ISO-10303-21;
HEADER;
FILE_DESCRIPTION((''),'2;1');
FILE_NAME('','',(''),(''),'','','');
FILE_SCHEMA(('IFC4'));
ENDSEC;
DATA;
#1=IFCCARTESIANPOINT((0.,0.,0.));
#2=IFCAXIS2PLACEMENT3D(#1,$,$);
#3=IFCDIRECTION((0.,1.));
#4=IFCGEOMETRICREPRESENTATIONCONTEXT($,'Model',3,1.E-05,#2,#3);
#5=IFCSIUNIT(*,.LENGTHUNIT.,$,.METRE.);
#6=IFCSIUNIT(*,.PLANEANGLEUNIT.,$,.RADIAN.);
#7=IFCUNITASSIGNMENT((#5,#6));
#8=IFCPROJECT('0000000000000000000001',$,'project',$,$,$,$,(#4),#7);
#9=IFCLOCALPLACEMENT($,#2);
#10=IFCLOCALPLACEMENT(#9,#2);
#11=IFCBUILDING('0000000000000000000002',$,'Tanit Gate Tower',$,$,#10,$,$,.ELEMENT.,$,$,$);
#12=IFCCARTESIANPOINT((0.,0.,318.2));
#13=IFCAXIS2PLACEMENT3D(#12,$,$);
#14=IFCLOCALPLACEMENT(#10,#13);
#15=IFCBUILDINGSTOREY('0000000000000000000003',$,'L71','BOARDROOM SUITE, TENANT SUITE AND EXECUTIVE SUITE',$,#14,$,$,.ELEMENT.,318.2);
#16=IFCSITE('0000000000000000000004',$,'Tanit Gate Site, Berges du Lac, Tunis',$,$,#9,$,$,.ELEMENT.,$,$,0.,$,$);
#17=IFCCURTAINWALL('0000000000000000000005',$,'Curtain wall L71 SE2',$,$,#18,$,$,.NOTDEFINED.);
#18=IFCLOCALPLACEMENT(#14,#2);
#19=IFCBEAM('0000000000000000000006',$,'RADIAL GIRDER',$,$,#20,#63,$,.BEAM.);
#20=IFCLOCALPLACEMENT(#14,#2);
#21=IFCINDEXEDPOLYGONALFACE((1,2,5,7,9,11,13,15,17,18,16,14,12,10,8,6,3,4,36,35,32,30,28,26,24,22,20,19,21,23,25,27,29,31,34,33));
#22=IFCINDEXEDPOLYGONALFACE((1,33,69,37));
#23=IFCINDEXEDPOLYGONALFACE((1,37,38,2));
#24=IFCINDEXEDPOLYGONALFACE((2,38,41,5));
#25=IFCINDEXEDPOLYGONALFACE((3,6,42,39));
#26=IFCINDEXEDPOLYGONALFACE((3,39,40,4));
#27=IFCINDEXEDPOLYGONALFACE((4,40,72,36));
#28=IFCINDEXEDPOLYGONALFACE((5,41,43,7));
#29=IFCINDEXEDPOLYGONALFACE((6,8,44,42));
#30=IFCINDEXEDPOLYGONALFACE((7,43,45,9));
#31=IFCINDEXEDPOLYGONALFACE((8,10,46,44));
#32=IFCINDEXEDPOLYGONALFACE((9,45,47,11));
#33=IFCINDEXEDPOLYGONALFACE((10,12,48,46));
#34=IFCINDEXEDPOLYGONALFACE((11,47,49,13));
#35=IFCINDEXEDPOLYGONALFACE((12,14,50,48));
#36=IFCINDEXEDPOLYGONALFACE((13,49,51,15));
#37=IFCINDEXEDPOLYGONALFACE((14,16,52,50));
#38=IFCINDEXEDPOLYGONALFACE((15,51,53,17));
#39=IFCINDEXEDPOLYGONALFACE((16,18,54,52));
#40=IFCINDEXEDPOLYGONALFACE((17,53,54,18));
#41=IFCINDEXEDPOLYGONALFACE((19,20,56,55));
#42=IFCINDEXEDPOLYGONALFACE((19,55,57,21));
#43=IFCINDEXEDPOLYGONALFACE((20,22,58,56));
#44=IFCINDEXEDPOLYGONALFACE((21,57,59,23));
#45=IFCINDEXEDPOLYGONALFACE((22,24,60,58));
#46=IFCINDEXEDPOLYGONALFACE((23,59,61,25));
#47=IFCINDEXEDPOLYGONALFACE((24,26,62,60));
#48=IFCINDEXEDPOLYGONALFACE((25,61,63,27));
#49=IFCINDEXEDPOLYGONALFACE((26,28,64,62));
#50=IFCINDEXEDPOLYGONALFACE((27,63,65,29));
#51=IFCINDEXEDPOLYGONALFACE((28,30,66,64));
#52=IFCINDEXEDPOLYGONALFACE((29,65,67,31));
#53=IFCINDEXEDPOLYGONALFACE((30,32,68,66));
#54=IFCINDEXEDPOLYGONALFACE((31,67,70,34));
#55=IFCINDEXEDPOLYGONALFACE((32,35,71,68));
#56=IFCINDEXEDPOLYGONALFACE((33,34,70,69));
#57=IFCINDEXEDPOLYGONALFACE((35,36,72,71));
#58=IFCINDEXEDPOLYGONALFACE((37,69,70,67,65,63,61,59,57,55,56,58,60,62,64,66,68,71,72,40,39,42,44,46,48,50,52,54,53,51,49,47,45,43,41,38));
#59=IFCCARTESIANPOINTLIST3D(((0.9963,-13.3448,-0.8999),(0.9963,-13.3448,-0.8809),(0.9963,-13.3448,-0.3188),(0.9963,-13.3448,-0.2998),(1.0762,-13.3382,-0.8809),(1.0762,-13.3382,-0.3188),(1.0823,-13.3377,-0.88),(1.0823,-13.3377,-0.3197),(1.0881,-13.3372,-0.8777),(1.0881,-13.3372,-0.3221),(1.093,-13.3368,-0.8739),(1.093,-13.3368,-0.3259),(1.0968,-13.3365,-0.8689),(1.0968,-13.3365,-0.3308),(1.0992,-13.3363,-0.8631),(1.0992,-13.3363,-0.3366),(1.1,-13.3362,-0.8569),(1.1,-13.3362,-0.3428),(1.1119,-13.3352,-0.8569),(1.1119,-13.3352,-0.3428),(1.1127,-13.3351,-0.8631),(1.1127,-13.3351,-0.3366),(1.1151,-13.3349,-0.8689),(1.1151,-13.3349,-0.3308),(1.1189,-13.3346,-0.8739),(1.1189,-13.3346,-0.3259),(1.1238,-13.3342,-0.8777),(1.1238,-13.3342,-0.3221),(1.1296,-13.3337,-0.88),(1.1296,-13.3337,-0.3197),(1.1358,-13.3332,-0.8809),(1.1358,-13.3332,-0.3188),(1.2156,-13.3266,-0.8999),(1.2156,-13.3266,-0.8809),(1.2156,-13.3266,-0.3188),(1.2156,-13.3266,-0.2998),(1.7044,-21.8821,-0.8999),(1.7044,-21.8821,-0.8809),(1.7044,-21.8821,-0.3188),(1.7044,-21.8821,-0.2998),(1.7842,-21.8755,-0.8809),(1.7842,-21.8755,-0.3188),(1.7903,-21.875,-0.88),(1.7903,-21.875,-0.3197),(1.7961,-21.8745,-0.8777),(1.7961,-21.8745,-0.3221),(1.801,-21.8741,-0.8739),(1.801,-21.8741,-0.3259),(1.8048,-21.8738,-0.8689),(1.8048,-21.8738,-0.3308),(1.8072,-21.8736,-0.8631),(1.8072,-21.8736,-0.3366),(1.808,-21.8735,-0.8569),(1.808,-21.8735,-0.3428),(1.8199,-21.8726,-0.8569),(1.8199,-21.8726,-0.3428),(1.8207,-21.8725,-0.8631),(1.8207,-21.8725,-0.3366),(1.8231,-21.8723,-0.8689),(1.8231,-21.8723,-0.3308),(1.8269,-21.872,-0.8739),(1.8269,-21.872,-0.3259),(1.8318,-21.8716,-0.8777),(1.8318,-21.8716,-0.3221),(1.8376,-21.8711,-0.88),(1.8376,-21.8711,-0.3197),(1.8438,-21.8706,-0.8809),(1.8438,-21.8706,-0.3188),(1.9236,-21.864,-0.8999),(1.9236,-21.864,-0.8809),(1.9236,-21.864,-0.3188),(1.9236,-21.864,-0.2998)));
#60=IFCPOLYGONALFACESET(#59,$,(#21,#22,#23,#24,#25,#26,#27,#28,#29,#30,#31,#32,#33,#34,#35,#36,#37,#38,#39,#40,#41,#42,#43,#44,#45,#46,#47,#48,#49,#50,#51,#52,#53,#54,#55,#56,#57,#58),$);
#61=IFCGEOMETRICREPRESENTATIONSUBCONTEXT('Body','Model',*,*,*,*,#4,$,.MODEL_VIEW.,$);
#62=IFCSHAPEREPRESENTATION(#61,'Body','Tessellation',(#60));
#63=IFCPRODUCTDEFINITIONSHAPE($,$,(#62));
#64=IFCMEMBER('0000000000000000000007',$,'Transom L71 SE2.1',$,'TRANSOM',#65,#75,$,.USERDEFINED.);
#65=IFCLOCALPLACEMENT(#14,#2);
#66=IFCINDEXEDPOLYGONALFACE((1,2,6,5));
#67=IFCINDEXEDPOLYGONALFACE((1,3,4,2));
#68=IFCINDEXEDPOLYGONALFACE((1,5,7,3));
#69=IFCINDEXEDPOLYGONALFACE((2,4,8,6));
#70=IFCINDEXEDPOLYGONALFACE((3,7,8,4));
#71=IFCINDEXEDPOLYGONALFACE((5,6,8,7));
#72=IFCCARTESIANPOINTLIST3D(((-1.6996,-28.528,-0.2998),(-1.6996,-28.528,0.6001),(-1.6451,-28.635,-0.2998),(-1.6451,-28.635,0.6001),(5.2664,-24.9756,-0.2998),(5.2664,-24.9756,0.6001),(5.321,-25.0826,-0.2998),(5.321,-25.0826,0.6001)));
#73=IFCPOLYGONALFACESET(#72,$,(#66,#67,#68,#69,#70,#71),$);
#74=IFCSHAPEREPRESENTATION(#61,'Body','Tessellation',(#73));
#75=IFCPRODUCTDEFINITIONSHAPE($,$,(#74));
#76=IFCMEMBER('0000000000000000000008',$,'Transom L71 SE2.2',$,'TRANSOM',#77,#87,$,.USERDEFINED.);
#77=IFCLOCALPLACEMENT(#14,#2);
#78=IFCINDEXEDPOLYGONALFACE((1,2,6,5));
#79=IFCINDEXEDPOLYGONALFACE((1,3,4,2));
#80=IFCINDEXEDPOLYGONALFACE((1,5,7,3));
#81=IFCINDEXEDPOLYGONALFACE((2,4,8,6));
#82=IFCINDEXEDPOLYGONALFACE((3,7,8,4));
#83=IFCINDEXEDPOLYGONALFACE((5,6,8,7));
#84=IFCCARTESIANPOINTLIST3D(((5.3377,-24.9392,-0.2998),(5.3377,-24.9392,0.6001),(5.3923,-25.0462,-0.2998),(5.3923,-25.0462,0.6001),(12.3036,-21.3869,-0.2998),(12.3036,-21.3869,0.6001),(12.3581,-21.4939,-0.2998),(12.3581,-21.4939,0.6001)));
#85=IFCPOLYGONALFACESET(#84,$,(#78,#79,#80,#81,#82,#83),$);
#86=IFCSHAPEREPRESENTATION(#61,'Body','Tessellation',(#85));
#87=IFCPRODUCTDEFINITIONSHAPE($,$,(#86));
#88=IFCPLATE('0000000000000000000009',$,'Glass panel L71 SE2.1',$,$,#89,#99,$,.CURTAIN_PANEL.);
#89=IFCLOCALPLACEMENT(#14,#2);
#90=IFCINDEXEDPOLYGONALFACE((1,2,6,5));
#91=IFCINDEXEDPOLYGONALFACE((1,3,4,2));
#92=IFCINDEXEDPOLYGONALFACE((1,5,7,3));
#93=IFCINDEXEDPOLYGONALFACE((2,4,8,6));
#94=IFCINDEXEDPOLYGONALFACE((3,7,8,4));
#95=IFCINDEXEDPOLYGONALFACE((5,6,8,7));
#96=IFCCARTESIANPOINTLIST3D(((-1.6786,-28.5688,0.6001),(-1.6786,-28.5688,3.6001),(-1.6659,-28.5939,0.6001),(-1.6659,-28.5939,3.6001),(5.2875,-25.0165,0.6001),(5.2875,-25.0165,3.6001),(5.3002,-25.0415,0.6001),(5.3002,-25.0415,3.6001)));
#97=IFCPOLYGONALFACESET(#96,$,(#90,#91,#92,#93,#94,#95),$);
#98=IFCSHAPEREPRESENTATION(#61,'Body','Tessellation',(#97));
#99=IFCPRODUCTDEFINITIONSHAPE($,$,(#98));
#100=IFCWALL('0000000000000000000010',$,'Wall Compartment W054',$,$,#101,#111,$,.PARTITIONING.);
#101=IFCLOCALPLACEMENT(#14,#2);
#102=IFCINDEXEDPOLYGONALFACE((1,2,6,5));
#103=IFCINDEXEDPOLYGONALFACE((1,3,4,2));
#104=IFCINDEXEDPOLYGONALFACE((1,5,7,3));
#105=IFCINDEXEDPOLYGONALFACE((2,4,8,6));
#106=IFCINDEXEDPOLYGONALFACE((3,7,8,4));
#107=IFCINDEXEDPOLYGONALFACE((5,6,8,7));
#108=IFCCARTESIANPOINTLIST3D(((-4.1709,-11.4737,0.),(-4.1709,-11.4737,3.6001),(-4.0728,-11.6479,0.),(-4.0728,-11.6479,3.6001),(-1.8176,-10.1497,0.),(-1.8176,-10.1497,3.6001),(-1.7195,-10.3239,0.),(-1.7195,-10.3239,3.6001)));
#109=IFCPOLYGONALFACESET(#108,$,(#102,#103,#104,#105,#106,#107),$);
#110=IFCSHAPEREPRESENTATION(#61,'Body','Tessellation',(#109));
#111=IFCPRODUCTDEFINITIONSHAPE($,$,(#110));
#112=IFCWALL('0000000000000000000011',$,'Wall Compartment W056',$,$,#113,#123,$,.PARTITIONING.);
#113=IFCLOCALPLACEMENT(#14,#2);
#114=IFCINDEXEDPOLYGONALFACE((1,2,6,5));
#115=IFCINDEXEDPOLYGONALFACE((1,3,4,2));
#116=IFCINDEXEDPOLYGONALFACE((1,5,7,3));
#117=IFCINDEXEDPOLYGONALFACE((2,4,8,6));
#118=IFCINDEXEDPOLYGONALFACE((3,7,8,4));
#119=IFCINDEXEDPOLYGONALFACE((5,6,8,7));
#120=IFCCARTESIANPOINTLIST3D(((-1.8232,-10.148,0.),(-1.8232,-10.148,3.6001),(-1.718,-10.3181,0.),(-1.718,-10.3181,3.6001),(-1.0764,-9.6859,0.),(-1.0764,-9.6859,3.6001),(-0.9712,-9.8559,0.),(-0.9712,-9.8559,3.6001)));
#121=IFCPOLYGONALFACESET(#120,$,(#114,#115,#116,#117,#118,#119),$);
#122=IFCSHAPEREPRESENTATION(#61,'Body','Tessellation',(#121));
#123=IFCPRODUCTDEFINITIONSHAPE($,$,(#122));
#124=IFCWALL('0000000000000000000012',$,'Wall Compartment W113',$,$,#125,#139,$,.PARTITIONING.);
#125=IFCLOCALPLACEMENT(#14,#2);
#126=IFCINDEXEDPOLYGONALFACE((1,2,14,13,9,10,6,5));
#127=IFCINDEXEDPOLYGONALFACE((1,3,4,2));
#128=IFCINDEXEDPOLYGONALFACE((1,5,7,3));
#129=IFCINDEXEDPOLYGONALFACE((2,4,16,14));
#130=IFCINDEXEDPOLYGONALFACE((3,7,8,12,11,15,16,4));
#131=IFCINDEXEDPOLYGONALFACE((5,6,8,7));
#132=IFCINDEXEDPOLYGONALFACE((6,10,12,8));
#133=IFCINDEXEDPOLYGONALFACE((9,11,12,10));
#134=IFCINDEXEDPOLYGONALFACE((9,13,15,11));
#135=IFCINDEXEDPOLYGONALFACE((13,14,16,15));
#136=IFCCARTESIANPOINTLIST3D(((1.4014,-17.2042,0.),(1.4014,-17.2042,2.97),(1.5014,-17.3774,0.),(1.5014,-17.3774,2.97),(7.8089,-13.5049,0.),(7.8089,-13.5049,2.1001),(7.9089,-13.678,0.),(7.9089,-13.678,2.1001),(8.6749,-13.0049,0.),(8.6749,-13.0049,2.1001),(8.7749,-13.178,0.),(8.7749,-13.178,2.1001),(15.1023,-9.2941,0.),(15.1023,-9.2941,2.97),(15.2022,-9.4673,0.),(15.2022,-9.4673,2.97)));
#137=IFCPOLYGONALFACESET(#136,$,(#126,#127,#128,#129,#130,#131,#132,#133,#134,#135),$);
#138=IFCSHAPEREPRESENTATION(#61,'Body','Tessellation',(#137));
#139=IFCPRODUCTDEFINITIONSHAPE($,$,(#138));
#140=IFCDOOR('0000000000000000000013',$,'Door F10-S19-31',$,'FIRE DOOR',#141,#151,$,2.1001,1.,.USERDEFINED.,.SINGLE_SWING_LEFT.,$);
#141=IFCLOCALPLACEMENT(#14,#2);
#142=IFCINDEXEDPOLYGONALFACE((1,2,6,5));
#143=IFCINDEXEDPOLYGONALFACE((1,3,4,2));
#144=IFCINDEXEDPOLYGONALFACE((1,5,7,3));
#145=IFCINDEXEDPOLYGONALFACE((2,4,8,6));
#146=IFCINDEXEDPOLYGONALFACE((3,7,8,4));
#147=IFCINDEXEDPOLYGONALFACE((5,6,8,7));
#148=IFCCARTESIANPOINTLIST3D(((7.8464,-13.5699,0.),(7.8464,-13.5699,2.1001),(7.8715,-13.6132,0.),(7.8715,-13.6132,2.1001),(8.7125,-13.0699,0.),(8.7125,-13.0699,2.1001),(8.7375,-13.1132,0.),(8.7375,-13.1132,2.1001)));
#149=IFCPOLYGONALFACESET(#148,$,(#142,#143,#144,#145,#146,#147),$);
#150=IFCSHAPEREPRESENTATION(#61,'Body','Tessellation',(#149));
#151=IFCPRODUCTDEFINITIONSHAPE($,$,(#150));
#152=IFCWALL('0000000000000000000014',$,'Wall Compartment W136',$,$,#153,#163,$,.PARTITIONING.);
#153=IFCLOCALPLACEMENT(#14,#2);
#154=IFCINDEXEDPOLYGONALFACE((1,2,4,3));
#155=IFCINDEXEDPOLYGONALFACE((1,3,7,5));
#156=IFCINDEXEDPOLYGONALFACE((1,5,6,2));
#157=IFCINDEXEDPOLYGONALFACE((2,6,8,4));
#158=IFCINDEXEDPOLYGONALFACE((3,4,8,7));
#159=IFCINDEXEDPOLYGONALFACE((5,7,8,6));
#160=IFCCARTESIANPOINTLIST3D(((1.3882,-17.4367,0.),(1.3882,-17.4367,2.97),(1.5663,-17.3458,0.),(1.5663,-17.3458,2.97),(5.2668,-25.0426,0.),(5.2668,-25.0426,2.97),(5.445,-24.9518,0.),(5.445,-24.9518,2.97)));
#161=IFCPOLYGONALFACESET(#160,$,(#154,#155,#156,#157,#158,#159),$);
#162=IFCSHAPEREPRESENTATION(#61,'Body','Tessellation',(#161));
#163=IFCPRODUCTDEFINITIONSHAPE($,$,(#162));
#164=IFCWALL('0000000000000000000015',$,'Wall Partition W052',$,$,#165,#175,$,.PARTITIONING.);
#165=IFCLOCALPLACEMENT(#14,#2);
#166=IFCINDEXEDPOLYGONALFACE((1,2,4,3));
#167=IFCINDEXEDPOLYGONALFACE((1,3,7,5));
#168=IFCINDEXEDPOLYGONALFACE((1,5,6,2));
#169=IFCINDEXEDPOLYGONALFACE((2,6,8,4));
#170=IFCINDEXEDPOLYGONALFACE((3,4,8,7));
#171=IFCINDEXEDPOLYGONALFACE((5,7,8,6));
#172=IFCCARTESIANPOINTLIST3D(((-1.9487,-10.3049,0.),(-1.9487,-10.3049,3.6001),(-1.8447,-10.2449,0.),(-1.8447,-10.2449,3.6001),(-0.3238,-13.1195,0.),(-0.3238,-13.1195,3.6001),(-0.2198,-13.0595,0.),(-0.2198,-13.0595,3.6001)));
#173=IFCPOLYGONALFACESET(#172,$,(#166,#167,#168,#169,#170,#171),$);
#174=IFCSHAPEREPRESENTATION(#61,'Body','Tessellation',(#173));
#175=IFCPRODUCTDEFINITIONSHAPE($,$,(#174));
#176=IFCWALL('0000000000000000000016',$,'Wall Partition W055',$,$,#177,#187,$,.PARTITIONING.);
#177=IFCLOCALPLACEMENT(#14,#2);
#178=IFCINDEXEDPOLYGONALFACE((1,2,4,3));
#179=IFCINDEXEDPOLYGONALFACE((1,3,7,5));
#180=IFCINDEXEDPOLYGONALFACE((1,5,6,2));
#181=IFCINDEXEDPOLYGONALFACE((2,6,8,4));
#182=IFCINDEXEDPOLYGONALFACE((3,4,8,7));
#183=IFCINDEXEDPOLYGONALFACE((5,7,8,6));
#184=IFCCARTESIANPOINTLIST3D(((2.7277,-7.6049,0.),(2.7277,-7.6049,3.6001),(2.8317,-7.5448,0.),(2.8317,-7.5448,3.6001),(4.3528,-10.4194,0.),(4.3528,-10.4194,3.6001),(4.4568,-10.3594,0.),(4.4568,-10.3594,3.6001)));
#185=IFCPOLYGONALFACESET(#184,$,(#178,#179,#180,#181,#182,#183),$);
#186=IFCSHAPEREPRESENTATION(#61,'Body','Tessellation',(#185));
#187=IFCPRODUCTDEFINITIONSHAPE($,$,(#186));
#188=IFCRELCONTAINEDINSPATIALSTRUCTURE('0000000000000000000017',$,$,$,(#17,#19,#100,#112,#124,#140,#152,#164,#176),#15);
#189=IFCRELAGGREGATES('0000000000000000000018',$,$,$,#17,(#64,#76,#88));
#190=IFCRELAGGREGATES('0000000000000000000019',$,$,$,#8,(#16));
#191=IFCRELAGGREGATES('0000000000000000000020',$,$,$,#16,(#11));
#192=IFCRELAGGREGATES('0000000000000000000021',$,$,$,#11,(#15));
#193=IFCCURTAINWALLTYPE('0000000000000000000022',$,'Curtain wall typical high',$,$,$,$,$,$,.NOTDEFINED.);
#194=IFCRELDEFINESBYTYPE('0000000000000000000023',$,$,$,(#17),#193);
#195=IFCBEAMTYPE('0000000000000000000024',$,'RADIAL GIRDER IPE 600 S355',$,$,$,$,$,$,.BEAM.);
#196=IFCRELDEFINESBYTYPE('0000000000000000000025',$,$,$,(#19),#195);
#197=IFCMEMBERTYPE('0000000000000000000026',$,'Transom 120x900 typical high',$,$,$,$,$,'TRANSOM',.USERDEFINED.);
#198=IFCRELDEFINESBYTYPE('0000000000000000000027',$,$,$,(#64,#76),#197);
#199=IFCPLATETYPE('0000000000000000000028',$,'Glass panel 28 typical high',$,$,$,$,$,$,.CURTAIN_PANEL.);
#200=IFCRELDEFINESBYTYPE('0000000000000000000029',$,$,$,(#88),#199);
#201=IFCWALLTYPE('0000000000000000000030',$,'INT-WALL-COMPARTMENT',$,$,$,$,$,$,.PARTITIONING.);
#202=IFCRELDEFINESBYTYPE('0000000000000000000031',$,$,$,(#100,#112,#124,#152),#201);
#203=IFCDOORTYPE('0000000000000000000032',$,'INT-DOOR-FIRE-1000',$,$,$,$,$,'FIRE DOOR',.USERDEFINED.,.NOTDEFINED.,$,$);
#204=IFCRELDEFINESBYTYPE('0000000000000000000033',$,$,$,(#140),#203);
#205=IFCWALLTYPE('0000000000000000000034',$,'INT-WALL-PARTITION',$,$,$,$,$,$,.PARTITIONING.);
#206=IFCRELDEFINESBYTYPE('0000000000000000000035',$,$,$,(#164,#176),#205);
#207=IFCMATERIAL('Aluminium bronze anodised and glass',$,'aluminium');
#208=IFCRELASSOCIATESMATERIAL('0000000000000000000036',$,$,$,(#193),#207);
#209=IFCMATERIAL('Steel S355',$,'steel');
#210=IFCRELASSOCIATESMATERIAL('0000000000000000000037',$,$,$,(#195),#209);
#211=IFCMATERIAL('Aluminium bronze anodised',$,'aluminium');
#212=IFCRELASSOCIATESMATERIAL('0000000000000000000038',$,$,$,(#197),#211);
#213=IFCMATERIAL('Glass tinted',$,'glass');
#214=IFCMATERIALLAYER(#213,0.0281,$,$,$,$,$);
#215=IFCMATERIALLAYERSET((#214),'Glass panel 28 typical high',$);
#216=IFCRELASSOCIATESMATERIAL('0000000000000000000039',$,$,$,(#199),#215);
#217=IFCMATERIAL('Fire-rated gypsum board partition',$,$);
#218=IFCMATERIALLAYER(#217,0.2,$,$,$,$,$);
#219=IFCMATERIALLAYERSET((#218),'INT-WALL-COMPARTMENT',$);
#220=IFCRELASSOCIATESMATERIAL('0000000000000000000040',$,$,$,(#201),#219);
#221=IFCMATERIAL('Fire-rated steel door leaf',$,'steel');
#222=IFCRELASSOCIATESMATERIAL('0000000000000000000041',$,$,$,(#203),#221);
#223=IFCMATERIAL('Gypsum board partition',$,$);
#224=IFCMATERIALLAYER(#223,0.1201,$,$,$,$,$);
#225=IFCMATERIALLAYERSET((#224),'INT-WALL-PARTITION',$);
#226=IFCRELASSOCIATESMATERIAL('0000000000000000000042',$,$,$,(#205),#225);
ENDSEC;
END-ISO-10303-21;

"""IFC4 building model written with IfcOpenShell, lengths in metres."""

from ifc_helpers import new_model, si_unit, direction, frame, frame_2d, origin, origin_2d, place, context, subcontext, project, spatial, rectangle, i_section, extrude, material, layer, layer_set, material_profile, profile_set, type_object, element, fill, aggregate, save


model = new_model("IFC4")

# Units and contexts
model_context = context("Model", 3, precision=1e-05, world=origin(), true_north=direction((0.0, 1.0)))
body_context = subcontext(model_context, "Body", "Model", "MODEL_VIEW")
ifc_project = project(units=[si_unit("LENGTHUNIT", "METRE"), si_unit("PLANEANGLEUNIT", "RADIAN")], contexts=[model_context])

# Site, building, storey
site_placement = place(None, origin())
site = spatial("IfcSite", under=ifc_project, at=site_placement, Name="Tanit Gate Site, Berges du Lac, Tunis", CompositionType="ELEMENT", RefElevation=0.0)
building_placement = place(site_placement, origin())
building = spatial("IfcBuilding", under=site, at=building_placement, Name="Tanit Gate Tower", CompositionType="ELEMENT")
storey_placement = place(building_placement, frame((0.0, 0.0, 318.2)))
storey = spatial("IfcBuildingStorey", under=building, at=storey_placement, Name="L71", Description="BOARDROOM SUITE, TENANT SUITE AND EXECUTIVE SUITE", CompositionType="ELEMENT", Elevation=318.2)

# Curtain wall
ifc_material_1 = material(Name="Aluminium bronze anodised and glass", Category="aluminium")
curtain_wall_type = type_object("IfcCurtainWallType", Name="Curtain wall typical high", PredefinedType="NOTDEFINED", material=ifc_material_1)
curtain_wall_1_placement = place(storey_placement, origin())
curtain_wall_1 = element("IfcCurtainWall", 1, at=curtain_wall_1_placement, inside=storey, type_object=curtain_wall_type, Name="Curtain wall L71 SE2", PredefinedType="NOTDEFINED")

# Beam
ifc_material_2 = material(Name="Steel S355", Category="steel")
ifc_material_profile_1 = material_profile(ifc_material_2, i_section(OverallWidth=0.22, OverallDepth=0.6001, WebThickness=0.012, FlangeThickness=0.019, FilletRadius=0.0239, at=origin_2d()), Name="IPE 600")
ifc_profile_set_1 = profile_set([ifc_material_profile_1], Name="Steel S355")
beam_type_1 = type_object("IfcBeamType", Name="RADIAL GIRDER IPE 600 S355", PredefinedType="BEAM", material=ifc_profile_set_1)
beam_1_placement = place(storey_placement, frame((1.814, -21.873, -0.5999), z_axis=(-0.082647, 0.996579, 0.0), x_axis=(-0.996579, -0.082647, 0.0)))
element("IfcBeam", 2, at=beam_1_placement, inside=storey, type_object=beam_type_1, Name="RADIAL GIRDER", PredefinedType="BEAM", context=body_context, shape_type="SweptSolid", body=[
    extrude(i_section(OverallWidth=0.22, OverallDepth=0.6001, WebThickness=0.012, FlangeThickness=0.019, FilletRadius=0.0239, at=origin_2d()), origin(), (0.0, 0.0, 1.0), 8.5667),
])

# Members
ifc_material_3 = material(Name="Aluminium bronze anodised", Category="aluminium")
ifc_material_profile_2 = material_profile(ifc_material_3, rectangle(XDim=0.1201, YDim=0.8999, at=origin_2d()), Name="120x900 bronze transom")
ifc_profile_set_2 = profile_set([ifc_material_profile_2], Name="Aluminium bronze anodised")
member_type_1 = type_object("IfcMemberType", Name="Transom 120x900 typical high", ElementType="TRANSOM", PredefinedType="USERDEFINED", material=ifc_profile_set_2)
member_1_placement = place(storey_placement, frame((-1.6724, -28.5815, 0.1501), z_axis=(0.890846, 0.454306, 0.0), x_axis=(-0.454306, 0.890846, 0.0)))
member_1 = element("IfcMember", 3, at=member_1_placement, type_object=member_type_1, Name="Transom L71 SE2.1", ObjectType="TRANSOM", PredefinedType="USERDEFINED", context=body_context, shape_type="SweptSolid", body=[
    extrude(rectangle(XDim=0.1201, YDim=0.8999, at=origin_2d()), origin(), (0.0, 0.0, 1.0), 7.8196),
])
member_2_placement = place(storey_placement, frame((5.365, -24.9927, 0.1501), z_axis=(0.890852, 0.454293, 0.0), x_axis=(-0.454293, 0.890852, 0.0)))
member_2 = element("IfcMember", 4, at=member_2_placement, type_object=member_type_1, Name="Transom L71 SE2.2", ObjectType="TRANSOM", PredefinedType="USERDEFINED", context=body_context, shape_type="SweptSolid", body=[
    extrude(rectangle(XDim=0.1201, YDim=0.8999, at=origin_2d()), origin(), (0.0, 0.0, 1.0), 7.8193),
])

# Plate
ifc_material_4 = material(Name="Glass tinted", Category="glass")
ifc_layer_1 = layer(ifc_material_4, 0.0281)
ifc_layer_set_1 = layer_set([ifc_layer_1], Name="Glass panel 28 typical high")
plate_type = type_object("IfcPlateType", Name="Glass panel 28 typical high", PredefinedType="CURTAIN_PANEL", material=ifc_layer_set_1)
plate_placement = place(storey_placement, frame((1.8108, -26.8052, 0.6001), z_axis=(0.0, 0.0, 1.0), x_axis=(0.890855, 0.454288, 0.0)))
plate = element("IfcPlate", 5, at=plate_placement, type_object=plate_type, Name="Glass panel L71 SE2.1", PredefinedType="CURTAIN_PANEL", context=body_context, shape_type="SweptSolid", body=[
    extrude(rectangle(XDim=7.8196, YDim=0.0281, at=origin_2d()), origin(), (0.0, 0.0, 1.0), 3.0),
])
aggregate(curtain_wall_1, [member_1, member_2, plate])

# Walls
ifc_material_5 = material(Name="Fire-rated gypsum board partition")
ifc_layer_2 = layer(ifc_material_5, 0.2)
ifc_layer_set_2 = layer_set([ifc_layer_2], Name="INT-WALL-COMPARTMENT")
wall_type_1 = type_object("IfcWallType", Name="INT-WALL-COMPARTMENT", PredefinedType="PARTITIONING", material=ifc_layer_set_2)
wall_1_placement = place(storey_placement, frame((-1.7686, -10.2368, 0.0), z_axis=(0.0, 0.0, 1.0), x_axis=(-0.871534, -0.490334, 0.0)))
element("IfcWall", 6, at=wall_1_placement, inside=storey, type_object=wall_type_1, Name="Wall Compartment W054", PredefinedType="PARTITIONING", context=body_context, shape_type="SweptSolid", body=[
    extrude(rectangle(XDim=2.7002, YDim=0.2, at=frame_2d((1.3501, 0.0))), origin(), (0.0, 0.0, 1.0), 3.6001),
])
wall_2_placement = place(storey_placement, frame((-1.0239, -9.771, 0.0), z_axis=(0.0, 0.0, 1.0), x_axis=(-0.850348, -0.526221, 0.0)))
element("IfcWall", 7, at=wall_2_placement, inside=storey, type_object=wall_type_1, Name="Wall Compartment W056", PredefinedType="PARTITIONING", context=body_context, shape_type="SweptSolid", body=[
    extrude(rectangle(XDim=0.8782, YDim=0.2, at=frame_2d((0.439, 0.0))), origin(), (0.0, 0.0, 1.0), 3.6001),
])

# Wall, opening, door
wall_3_placement = place(storey_placement, frame((1.4514, -17.2908, 0.0), z_axis=(0.0, 0.0, 1.0), x_axis=(0.866028, 0.499996, 0.0)))
wall_3 = element("IfcWall", 8, at=wall_3_placement, inside=storey, type_object=wall_type_1, Name="Wall Compartment W113", PredefinedType="PARTITIONING", context=body_context, shape_type="SweptSolid", body=[
    extrude(rectangle(XDim=15.8203, YDim=0.2, at=frame_2d((7.9102, 0.0))), origin(), (0.0, 0.0, 1.0), 2.97),
])
opening_placement = place(wall_3_placement, frame((7.3987, 0.0, 0.0)))
opening = element("IfcOpeningElement", 9, at=opening_placement, cuts=wall_3, PredefinedType="OPENING", context=body_context, shape_type="SweptSolid", body=[
    extrude(rectangle(XDim=1.0, YDim=2.1001, at=frame_2d((0.5, 1.05))), frame((0.0, 0.1099, 0.0), z_axis=(0.0, -1.0, 0.0), x_axis=(1.0, 0.0, 0.0)), (0.0, 0.0, 1.0), 0.22),
])
ifc_material_6 = material(Name="Fire-rated steel door leaf", Category="steel")
door_type = type_object("IfcDoorType", Name="INT-DOOR-FIRE-1000", ElementType="FIRE DOOR", OperationType="NOTDEFINED", PredefinedType="USERDEFINED", material=ifc_material_6)
door_placement = place(opening_placement, origin())
door = element("IfcDoor", 10, at=door_placement, inside=storey, type_object=door_type, Name="Door F10-S19-31", ObjectType="FIRE DOOR", OperationType="SINGLE_SWING_LEFT", OverallHeight=2.1001, OverallWidth=1.0, PredefinedType="USERDEFINED", context=body_context, shape_type="SweptSolid", body=[
    extrude(rectangle(XDim=1.0, YDim=2.1001, at=frame_2d((0.5, 1.05))), frame((0.0, 0.0249, 0.0), z_axis=(0.0, -1.0, 0.0), x_axis=(1.0, 0.0, 0.0)), (0.0, 0.0, 1.0), 0.05),
])
fill(opening, door)

# Walls
wall_4_placement = place(storey_placement, frame((5.356, -24.9973, 0.0), z_axis=(0.0, 0.0, 1.0), x_axis=(-0.454291, 0.890853, 0.0)))
element("IfcWall", 11, at=wall_4_placement, inside=storey, type_object=wall_type_1, Name="Wall Compartment W136", PredefinedType="PARTITIONING", context=body_context, shape_type="SweptSolid", body=[
    extrude(rectangle(XDim=8.5378, YDim=0.2, at=frame_2d((4.269, 0.0))), origin(), (0.0, 0.0, 1.0), 2.97),
])
ifc_material_7 = material(Name="Gypsum board partition")
ifc_layer_3 = layer(ifc_material_7, 0.1201)
ifc_layer_set_3 = layer_set([ifc_layer_3], Name="INT-WALL-PARTITION")
wall_type_2 = type_object("IfcWallType", Name="INT-WALL-PARTITION", PredefinedType="PARTITIONING", material=ifc_layer_set_3)
for number, where, z_axis, x_axis, name in (
    (12, (-1.8967, -10.2749, 0.0), (0.0, 0.0, 1.0), (0.499985, -0.866034, 0.0), "Wall Partition W052"),
    (13, (4.4048, -10.3894, 0.0), (0.0, 0.0, 1.0), (-0.500017, 0.866015, 0.0), "Wall Partition W055"),
):
    element("IfcWall", number, at=place(storey_placement, frame(where, z_axis=z_axis, x_axis=x_axis)), inside=storey, type_object=wall_type_2, Name=name, PredefinedType="PARTITIONING", context=body_context, shape_type="SweptSolid", body=[
        extrude(rectangle(XDim=3.25, YDim=0.1201, at=frame_2d((1.625, 0.0))), origin(), (0.0, 0.0, 1.0), 3.6001),
    ])

save(model, "model.ifc")
